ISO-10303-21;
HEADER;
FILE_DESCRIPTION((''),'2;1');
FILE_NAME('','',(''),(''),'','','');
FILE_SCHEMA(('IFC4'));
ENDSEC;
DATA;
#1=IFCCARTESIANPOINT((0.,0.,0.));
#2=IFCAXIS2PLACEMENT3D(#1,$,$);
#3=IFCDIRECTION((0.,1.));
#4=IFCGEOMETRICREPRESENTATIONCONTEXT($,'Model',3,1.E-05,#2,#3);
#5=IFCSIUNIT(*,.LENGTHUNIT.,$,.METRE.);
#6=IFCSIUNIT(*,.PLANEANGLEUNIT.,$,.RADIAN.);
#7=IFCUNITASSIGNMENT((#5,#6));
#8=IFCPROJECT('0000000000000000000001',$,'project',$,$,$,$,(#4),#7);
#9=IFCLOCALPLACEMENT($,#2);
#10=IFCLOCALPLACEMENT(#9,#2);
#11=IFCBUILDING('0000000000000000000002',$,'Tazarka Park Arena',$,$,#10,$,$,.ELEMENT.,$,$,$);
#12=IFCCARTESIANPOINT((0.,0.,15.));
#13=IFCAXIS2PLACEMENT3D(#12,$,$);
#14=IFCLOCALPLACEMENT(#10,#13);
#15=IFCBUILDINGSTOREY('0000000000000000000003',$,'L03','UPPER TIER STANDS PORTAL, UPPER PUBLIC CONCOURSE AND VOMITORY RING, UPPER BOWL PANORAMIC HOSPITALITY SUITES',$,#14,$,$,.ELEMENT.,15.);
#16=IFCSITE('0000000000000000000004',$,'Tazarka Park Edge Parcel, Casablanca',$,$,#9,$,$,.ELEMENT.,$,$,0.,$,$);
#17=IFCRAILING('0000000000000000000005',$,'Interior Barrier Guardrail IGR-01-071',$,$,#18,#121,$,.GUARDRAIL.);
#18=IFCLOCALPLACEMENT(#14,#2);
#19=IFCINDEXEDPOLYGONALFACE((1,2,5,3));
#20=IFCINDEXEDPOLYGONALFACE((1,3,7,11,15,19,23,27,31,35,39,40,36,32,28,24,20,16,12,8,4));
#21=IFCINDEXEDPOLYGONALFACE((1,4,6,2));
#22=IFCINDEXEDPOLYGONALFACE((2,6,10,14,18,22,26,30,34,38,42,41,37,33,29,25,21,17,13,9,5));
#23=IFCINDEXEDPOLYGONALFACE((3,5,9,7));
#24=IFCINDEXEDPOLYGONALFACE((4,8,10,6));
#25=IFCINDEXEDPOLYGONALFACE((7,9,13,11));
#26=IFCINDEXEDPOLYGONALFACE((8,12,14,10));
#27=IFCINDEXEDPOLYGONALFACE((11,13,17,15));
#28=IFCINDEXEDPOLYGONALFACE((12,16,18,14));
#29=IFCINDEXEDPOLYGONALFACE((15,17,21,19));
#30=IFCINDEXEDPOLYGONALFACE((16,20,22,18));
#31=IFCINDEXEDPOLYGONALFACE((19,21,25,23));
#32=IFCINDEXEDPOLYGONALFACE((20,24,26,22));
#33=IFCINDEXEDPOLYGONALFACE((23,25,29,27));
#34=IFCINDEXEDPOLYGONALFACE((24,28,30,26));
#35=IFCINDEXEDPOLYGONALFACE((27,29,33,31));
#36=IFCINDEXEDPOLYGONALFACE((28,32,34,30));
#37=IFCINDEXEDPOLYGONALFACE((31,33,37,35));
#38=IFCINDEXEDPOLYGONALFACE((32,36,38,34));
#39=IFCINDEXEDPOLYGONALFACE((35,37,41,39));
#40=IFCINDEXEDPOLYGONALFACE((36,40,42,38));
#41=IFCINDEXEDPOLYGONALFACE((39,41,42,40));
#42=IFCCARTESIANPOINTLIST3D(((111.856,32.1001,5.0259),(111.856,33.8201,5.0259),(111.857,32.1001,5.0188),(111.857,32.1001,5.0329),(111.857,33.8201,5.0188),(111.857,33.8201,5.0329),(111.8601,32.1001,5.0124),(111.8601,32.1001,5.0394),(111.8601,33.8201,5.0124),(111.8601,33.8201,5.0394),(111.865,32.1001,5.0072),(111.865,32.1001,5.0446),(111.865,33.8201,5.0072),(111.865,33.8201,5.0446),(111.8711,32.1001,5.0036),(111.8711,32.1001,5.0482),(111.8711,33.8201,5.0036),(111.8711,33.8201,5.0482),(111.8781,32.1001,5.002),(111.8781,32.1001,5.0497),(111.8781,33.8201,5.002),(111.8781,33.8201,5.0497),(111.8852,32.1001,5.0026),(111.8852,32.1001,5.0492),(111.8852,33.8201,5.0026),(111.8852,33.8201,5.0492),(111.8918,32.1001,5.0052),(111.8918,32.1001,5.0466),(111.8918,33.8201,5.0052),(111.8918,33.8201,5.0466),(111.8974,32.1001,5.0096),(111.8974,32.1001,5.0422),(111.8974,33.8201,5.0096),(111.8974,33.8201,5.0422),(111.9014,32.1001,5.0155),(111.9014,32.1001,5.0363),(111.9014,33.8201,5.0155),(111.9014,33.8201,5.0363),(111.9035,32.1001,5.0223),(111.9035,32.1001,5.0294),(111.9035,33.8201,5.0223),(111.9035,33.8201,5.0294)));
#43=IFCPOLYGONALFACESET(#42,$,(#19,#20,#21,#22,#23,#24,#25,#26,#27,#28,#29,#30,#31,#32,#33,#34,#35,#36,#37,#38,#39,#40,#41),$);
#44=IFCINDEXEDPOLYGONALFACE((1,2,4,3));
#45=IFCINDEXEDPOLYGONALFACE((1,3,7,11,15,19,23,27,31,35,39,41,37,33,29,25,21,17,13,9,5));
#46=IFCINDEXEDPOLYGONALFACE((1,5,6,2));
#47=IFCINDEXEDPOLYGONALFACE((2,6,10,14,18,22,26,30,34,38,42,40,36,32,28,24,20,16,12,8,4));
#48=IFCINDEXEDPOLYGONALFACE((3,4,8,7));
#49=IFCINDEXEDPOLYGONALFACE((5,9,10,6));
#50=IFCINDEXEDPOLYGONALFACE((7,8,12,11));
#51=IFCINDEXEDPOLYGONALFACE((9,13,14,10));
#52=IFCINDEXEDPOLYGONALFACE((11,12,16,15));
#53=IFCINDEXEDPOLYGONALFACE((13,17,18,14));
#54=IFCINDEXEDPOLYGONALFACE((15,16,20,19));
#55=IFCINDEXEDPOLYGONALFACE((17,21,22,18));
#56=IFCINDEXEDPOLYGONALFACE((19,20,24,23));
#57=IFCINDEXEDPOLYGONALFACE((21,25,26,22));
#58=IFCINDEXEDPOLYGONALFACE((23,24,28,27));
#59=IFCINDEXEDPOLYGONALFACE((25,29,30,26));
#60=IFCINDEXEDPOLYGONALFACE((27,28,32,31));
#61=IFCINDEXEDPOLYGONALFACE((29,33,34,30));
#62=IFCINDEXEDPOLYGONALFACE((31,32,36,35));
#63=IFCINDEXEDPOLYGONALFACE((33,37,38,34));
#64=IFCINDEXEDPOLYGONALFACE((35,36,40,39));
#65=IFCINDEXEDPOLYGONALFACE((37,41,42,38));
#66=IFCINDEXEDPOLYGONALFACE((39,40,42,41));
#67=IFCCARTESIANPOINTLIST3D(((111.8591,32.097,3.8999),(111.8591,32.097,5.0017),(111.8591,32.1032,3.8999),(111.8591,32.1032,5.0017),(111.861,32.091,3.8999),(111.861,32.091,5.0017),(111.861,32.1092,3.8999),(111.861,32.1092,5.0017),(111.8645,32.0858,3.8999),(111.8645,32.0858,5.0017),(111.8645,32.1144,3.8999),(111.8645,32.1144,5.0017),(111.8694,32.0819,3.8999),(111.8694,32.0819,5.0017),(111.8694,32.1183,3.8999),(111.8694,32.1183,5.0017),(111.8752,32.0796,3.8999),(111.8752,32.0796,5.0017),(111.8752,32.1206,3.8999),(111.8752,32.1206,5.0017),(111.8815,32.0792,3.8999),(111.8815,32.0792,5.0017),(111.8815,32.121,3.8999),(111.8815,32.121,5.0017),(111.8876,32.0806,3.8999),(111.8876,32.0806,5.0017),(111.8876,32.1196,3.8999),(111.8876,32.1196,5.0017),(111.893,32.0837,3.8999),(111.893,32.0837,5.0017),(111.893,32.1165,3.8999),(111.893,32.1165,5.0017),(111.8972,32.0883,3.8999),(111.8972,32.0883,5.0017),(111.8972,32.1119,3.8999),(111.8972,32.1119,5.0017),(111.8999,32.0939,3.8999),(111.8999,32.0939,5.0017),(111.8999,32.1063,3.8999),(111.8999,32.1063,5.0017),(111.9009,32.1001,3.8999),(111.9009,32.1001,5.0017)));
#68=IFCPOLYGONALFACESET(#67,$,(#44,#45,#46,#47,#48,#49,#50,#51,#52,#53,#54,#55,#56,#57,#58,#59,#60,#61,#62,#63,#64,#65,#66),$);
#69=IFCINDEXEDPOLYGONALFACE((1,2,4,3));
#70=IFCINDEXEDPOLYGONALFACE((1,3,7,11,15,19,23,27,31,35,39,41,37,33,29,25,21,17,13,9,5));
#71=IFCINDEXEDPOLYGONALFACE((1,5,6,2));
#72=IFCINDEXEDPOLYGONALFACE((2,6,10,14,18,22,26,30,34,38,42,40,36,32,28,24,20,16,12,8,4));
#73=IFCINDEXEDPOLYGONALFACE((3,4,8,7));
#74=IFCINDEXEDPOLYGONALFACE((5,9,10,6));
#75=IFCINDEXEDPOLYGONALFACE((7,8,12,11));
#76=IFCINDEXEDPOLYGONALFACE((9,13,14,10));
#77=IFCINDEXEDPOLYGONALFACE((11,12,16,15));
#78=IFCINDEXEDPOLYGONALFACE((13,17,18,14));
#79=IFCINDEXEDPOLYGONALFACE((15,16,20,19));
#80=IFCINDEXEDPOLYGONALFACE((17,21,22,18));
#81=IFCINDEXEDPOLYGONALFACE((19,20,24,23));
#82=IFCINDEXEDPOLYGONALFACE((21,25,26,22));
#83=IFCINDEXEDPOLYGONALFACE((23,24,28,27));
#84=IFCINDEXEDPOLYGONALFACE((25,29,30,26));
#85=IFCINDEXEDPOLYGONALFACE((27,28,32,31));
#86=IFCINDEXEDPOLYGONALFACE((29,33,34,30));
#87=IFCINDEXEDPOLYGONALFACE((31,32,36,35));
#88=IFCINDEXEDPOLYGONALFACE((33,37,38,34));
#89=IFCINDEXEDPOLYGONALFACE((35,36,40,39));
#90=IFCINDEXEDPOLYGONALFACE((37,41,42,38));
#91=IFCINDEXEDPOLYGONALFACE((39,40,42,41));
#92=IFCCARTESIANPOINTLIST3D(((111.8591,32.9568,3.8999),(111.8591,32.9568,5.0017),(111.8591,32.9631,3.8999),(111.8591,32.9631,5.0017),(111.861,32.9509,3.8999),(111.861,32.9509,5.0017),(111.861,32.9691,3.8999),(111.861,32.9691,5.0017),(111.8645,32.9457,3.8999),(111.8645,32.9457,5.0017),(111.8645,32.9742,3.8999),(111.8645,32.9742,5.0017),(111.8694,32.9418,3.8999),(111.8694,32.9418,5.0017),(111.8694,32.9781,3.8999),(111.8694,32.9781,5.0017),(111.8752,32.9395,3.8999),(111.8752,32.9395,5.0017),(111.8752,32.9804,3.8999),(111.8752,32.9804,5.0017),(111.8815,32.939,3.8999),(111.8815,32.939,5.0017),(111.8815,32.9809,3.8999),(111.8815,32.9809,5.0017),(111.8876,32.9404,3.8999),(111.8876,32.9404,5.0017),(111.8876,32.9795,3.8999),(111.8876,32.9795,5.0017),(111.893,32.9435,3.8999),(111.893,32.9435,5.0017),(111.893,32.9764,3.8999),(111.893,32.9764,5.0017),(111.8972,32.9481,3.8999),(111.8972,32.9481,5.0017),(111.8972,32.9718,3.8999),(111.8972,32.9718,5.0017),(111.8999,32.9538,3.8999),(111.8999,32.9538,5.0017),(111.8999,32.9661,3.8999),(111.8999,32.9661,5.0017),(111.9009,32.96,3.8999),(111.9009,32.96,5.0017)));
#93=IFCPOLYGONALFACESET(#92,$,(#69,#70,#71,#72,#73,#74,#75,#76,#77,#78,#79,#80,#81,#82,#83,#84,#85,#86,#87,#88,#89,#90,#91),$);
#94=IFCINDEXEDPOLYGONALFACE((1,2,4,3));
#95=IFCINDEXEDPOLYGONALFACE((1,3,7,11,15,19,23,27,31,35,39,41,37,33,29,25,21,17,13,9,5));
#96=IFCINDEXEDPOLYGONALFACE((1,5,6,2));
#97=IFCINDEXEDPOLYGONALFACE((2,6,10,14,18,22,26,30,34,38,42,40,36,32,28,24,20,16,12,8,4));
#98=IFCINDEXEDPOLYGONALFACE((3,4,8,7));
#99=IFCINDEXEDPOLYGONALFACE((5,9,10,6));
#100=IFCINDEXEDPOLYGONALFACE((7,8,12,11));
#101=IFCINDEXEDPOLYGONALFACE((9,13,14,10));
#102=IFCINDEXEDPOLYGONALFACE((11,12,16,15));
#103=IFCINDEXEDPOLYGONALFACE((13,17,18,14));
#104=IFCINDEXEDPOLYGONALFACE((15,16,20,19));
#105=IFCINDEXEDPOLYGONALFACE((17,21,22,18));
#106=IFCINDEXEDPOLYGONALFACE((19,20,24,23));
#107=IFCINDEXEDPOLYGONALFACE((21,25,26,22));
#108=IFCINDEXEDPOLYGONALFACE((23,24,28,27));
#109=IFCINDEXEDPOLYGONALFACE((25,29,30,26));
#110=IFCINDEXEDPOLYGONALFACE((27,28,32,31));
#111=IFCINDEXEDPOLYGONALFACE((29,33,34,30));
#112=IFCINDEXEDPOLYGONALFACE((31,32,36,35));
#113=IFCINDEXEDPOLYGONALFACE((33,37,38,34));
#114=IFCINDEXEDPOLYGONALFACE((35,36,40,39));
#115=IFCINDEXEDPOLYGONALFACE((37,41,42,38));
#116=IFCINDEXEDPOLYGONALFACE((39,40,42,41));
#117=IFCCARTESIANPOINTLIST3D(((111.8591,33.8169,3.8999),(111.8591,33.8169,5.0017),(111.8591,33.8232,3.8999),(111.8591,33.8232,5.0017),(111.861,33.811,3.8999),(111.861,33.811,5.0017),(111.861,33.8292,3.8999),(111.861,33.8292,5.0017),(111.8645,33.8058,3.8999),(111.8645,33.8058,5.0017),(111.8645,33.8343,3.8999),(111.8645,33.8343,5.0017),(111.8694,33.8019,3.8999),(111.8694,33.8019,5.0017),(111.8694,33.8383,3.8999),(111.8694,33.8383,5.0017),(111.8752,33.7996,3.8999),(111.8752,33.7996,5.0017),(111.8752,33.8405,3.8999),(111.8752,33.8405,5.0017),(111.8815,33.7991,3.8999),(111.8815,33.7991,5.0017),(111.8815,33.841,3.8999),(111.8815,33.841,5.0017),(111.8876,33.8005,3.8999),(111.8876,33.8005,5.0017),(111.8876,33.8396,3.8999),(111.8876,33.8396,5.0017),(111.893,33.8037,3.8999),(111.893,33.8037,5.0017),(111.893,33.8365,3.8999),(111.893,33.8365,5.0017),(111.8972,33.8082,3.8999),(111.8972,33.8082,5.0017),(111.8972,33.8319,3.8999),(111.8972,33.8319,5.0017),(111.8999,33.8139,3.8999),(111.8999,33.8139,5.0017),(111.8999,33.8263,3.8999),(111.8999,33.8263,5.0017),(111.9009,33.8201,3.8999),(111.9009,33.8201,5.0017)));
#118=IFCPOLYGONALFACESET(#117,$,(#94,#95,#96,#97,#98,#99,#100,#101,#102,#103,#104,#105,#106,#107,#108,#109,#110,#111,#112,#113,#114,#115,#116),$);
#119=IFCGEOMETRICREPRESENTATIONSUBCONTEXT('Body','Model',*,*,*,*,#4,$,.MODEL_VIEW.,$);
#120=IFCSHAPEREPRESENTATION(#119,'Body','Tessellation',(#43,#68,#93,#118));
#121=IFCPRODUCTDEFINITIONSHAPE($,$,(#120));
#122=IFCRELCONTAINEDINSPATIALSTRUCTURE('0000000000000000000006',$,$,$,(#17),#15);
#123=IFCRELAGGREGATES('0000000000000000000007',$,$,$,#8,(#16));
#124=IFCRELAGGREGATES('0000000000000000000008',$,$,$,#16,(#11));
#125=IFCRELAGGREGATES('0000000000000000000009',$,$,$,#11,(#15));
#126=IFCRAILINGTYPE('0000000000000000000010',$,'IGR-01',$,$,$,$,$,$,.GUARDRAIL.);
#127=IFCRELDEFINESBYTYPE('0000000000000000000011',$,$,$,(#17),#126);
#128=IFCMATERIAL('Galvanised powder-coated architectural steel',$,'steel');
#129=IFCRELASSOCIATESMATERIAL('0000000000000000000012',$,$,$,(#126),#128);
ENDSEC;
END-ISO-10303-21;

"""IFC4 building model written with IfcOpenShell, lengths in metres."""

from ifc_helpers import new_model, si_unit, direction, frame, origin, origin_2d, place, context, subcontext, project, spatial, circle, extrude, material, type_object, element, save


model = new_model("IFC4")

# Units and contexts
model_context = context("Model", 3, precision=1e-05, world=origin(), true_north=direction((0.0, 1.0)))
body_context = subcontext(model_context, "Body", "Model", "MODEL_VIEW")
ifc_project = project(units=[si_unit("LENGTHUNIT", "METRE"), si_unit("PLANEANGLEUNIT", "RADIAN")], contexts=[model_context])

# Site, building, storey
site_placement = place(None, origin())
site = spatial("IfcSite", under=ifc_project, at=site_placement, Name="Tazarka Park Edge Parcel, Casablanca", CompositionType="ELEMENT", RefElevation=0.0)
building_placement = place(site_placement, origin())
building = spatial("IfcBuilding", under=site, at=building_placement, Name="Tazarka Park Arena", CompositionType="ELEMENT")
storey_placement = place(building_placement, frame((0.0, 0.0, 15.0)))
storey = spatial("IfcBuildingStorey", under=building, at=storey_placement, Name="L03", Description="UPPER TIER STANDS PORTAL, UPPER PUBLIC CONCOURSE AND VOMITORY RING, UPPER BOWL PANORAMIC HOSPITALITY SUITES", CompositionType="ELEMENT", Elevation=15.0)

# Railing
ifc_material_1 = material(Name="Galvanised powder-coated architectural steel", Category="steel")
railing_type = type_object("IfcRailingType", Name="IGR-01", PredefinedType="GUARDRAIL", material=ifc_material_1)
railing_1_placement = place(storey_placement, frame((111.8799, 32.1001, 3.8999)))
element("IfcRailing", 1, at=railing_1_placement, inside=storey, type_object=railing_type, Name="Interior Barrier Guardrail IGR-01-071", PredefinedType="GUARDRAIL", context=body_context, shape_type="SweptSolid", body=[
    extrude(circle(Radius=0.0239, at=origin_2d()), frame((0.0, 0.0, 1.126), z_axis=(0.0, 1.0, 0.0), x_axis=(-1.0, 0.0, 0.0)), (0.0, 0.0, 1.0), 1.72),
    extrude(circle(Radius=0.021, at=origin_2d()), origin(), (0.0, 0.0, 1.0), 1.1018),
    extrude(circle(Radius=0.021, at=origin_2d()), frame((0.0, 0.8599, 0.0)), (0.0, 0.0, 1.0), 1.1018),
    extrude(circle(Radius=0.021, at=origin_2d()), frame((0.0, 1.72, 0.0)), (0.0, 0.0, 1.0), 1.1018),
])

save(model, "model.ifc")
